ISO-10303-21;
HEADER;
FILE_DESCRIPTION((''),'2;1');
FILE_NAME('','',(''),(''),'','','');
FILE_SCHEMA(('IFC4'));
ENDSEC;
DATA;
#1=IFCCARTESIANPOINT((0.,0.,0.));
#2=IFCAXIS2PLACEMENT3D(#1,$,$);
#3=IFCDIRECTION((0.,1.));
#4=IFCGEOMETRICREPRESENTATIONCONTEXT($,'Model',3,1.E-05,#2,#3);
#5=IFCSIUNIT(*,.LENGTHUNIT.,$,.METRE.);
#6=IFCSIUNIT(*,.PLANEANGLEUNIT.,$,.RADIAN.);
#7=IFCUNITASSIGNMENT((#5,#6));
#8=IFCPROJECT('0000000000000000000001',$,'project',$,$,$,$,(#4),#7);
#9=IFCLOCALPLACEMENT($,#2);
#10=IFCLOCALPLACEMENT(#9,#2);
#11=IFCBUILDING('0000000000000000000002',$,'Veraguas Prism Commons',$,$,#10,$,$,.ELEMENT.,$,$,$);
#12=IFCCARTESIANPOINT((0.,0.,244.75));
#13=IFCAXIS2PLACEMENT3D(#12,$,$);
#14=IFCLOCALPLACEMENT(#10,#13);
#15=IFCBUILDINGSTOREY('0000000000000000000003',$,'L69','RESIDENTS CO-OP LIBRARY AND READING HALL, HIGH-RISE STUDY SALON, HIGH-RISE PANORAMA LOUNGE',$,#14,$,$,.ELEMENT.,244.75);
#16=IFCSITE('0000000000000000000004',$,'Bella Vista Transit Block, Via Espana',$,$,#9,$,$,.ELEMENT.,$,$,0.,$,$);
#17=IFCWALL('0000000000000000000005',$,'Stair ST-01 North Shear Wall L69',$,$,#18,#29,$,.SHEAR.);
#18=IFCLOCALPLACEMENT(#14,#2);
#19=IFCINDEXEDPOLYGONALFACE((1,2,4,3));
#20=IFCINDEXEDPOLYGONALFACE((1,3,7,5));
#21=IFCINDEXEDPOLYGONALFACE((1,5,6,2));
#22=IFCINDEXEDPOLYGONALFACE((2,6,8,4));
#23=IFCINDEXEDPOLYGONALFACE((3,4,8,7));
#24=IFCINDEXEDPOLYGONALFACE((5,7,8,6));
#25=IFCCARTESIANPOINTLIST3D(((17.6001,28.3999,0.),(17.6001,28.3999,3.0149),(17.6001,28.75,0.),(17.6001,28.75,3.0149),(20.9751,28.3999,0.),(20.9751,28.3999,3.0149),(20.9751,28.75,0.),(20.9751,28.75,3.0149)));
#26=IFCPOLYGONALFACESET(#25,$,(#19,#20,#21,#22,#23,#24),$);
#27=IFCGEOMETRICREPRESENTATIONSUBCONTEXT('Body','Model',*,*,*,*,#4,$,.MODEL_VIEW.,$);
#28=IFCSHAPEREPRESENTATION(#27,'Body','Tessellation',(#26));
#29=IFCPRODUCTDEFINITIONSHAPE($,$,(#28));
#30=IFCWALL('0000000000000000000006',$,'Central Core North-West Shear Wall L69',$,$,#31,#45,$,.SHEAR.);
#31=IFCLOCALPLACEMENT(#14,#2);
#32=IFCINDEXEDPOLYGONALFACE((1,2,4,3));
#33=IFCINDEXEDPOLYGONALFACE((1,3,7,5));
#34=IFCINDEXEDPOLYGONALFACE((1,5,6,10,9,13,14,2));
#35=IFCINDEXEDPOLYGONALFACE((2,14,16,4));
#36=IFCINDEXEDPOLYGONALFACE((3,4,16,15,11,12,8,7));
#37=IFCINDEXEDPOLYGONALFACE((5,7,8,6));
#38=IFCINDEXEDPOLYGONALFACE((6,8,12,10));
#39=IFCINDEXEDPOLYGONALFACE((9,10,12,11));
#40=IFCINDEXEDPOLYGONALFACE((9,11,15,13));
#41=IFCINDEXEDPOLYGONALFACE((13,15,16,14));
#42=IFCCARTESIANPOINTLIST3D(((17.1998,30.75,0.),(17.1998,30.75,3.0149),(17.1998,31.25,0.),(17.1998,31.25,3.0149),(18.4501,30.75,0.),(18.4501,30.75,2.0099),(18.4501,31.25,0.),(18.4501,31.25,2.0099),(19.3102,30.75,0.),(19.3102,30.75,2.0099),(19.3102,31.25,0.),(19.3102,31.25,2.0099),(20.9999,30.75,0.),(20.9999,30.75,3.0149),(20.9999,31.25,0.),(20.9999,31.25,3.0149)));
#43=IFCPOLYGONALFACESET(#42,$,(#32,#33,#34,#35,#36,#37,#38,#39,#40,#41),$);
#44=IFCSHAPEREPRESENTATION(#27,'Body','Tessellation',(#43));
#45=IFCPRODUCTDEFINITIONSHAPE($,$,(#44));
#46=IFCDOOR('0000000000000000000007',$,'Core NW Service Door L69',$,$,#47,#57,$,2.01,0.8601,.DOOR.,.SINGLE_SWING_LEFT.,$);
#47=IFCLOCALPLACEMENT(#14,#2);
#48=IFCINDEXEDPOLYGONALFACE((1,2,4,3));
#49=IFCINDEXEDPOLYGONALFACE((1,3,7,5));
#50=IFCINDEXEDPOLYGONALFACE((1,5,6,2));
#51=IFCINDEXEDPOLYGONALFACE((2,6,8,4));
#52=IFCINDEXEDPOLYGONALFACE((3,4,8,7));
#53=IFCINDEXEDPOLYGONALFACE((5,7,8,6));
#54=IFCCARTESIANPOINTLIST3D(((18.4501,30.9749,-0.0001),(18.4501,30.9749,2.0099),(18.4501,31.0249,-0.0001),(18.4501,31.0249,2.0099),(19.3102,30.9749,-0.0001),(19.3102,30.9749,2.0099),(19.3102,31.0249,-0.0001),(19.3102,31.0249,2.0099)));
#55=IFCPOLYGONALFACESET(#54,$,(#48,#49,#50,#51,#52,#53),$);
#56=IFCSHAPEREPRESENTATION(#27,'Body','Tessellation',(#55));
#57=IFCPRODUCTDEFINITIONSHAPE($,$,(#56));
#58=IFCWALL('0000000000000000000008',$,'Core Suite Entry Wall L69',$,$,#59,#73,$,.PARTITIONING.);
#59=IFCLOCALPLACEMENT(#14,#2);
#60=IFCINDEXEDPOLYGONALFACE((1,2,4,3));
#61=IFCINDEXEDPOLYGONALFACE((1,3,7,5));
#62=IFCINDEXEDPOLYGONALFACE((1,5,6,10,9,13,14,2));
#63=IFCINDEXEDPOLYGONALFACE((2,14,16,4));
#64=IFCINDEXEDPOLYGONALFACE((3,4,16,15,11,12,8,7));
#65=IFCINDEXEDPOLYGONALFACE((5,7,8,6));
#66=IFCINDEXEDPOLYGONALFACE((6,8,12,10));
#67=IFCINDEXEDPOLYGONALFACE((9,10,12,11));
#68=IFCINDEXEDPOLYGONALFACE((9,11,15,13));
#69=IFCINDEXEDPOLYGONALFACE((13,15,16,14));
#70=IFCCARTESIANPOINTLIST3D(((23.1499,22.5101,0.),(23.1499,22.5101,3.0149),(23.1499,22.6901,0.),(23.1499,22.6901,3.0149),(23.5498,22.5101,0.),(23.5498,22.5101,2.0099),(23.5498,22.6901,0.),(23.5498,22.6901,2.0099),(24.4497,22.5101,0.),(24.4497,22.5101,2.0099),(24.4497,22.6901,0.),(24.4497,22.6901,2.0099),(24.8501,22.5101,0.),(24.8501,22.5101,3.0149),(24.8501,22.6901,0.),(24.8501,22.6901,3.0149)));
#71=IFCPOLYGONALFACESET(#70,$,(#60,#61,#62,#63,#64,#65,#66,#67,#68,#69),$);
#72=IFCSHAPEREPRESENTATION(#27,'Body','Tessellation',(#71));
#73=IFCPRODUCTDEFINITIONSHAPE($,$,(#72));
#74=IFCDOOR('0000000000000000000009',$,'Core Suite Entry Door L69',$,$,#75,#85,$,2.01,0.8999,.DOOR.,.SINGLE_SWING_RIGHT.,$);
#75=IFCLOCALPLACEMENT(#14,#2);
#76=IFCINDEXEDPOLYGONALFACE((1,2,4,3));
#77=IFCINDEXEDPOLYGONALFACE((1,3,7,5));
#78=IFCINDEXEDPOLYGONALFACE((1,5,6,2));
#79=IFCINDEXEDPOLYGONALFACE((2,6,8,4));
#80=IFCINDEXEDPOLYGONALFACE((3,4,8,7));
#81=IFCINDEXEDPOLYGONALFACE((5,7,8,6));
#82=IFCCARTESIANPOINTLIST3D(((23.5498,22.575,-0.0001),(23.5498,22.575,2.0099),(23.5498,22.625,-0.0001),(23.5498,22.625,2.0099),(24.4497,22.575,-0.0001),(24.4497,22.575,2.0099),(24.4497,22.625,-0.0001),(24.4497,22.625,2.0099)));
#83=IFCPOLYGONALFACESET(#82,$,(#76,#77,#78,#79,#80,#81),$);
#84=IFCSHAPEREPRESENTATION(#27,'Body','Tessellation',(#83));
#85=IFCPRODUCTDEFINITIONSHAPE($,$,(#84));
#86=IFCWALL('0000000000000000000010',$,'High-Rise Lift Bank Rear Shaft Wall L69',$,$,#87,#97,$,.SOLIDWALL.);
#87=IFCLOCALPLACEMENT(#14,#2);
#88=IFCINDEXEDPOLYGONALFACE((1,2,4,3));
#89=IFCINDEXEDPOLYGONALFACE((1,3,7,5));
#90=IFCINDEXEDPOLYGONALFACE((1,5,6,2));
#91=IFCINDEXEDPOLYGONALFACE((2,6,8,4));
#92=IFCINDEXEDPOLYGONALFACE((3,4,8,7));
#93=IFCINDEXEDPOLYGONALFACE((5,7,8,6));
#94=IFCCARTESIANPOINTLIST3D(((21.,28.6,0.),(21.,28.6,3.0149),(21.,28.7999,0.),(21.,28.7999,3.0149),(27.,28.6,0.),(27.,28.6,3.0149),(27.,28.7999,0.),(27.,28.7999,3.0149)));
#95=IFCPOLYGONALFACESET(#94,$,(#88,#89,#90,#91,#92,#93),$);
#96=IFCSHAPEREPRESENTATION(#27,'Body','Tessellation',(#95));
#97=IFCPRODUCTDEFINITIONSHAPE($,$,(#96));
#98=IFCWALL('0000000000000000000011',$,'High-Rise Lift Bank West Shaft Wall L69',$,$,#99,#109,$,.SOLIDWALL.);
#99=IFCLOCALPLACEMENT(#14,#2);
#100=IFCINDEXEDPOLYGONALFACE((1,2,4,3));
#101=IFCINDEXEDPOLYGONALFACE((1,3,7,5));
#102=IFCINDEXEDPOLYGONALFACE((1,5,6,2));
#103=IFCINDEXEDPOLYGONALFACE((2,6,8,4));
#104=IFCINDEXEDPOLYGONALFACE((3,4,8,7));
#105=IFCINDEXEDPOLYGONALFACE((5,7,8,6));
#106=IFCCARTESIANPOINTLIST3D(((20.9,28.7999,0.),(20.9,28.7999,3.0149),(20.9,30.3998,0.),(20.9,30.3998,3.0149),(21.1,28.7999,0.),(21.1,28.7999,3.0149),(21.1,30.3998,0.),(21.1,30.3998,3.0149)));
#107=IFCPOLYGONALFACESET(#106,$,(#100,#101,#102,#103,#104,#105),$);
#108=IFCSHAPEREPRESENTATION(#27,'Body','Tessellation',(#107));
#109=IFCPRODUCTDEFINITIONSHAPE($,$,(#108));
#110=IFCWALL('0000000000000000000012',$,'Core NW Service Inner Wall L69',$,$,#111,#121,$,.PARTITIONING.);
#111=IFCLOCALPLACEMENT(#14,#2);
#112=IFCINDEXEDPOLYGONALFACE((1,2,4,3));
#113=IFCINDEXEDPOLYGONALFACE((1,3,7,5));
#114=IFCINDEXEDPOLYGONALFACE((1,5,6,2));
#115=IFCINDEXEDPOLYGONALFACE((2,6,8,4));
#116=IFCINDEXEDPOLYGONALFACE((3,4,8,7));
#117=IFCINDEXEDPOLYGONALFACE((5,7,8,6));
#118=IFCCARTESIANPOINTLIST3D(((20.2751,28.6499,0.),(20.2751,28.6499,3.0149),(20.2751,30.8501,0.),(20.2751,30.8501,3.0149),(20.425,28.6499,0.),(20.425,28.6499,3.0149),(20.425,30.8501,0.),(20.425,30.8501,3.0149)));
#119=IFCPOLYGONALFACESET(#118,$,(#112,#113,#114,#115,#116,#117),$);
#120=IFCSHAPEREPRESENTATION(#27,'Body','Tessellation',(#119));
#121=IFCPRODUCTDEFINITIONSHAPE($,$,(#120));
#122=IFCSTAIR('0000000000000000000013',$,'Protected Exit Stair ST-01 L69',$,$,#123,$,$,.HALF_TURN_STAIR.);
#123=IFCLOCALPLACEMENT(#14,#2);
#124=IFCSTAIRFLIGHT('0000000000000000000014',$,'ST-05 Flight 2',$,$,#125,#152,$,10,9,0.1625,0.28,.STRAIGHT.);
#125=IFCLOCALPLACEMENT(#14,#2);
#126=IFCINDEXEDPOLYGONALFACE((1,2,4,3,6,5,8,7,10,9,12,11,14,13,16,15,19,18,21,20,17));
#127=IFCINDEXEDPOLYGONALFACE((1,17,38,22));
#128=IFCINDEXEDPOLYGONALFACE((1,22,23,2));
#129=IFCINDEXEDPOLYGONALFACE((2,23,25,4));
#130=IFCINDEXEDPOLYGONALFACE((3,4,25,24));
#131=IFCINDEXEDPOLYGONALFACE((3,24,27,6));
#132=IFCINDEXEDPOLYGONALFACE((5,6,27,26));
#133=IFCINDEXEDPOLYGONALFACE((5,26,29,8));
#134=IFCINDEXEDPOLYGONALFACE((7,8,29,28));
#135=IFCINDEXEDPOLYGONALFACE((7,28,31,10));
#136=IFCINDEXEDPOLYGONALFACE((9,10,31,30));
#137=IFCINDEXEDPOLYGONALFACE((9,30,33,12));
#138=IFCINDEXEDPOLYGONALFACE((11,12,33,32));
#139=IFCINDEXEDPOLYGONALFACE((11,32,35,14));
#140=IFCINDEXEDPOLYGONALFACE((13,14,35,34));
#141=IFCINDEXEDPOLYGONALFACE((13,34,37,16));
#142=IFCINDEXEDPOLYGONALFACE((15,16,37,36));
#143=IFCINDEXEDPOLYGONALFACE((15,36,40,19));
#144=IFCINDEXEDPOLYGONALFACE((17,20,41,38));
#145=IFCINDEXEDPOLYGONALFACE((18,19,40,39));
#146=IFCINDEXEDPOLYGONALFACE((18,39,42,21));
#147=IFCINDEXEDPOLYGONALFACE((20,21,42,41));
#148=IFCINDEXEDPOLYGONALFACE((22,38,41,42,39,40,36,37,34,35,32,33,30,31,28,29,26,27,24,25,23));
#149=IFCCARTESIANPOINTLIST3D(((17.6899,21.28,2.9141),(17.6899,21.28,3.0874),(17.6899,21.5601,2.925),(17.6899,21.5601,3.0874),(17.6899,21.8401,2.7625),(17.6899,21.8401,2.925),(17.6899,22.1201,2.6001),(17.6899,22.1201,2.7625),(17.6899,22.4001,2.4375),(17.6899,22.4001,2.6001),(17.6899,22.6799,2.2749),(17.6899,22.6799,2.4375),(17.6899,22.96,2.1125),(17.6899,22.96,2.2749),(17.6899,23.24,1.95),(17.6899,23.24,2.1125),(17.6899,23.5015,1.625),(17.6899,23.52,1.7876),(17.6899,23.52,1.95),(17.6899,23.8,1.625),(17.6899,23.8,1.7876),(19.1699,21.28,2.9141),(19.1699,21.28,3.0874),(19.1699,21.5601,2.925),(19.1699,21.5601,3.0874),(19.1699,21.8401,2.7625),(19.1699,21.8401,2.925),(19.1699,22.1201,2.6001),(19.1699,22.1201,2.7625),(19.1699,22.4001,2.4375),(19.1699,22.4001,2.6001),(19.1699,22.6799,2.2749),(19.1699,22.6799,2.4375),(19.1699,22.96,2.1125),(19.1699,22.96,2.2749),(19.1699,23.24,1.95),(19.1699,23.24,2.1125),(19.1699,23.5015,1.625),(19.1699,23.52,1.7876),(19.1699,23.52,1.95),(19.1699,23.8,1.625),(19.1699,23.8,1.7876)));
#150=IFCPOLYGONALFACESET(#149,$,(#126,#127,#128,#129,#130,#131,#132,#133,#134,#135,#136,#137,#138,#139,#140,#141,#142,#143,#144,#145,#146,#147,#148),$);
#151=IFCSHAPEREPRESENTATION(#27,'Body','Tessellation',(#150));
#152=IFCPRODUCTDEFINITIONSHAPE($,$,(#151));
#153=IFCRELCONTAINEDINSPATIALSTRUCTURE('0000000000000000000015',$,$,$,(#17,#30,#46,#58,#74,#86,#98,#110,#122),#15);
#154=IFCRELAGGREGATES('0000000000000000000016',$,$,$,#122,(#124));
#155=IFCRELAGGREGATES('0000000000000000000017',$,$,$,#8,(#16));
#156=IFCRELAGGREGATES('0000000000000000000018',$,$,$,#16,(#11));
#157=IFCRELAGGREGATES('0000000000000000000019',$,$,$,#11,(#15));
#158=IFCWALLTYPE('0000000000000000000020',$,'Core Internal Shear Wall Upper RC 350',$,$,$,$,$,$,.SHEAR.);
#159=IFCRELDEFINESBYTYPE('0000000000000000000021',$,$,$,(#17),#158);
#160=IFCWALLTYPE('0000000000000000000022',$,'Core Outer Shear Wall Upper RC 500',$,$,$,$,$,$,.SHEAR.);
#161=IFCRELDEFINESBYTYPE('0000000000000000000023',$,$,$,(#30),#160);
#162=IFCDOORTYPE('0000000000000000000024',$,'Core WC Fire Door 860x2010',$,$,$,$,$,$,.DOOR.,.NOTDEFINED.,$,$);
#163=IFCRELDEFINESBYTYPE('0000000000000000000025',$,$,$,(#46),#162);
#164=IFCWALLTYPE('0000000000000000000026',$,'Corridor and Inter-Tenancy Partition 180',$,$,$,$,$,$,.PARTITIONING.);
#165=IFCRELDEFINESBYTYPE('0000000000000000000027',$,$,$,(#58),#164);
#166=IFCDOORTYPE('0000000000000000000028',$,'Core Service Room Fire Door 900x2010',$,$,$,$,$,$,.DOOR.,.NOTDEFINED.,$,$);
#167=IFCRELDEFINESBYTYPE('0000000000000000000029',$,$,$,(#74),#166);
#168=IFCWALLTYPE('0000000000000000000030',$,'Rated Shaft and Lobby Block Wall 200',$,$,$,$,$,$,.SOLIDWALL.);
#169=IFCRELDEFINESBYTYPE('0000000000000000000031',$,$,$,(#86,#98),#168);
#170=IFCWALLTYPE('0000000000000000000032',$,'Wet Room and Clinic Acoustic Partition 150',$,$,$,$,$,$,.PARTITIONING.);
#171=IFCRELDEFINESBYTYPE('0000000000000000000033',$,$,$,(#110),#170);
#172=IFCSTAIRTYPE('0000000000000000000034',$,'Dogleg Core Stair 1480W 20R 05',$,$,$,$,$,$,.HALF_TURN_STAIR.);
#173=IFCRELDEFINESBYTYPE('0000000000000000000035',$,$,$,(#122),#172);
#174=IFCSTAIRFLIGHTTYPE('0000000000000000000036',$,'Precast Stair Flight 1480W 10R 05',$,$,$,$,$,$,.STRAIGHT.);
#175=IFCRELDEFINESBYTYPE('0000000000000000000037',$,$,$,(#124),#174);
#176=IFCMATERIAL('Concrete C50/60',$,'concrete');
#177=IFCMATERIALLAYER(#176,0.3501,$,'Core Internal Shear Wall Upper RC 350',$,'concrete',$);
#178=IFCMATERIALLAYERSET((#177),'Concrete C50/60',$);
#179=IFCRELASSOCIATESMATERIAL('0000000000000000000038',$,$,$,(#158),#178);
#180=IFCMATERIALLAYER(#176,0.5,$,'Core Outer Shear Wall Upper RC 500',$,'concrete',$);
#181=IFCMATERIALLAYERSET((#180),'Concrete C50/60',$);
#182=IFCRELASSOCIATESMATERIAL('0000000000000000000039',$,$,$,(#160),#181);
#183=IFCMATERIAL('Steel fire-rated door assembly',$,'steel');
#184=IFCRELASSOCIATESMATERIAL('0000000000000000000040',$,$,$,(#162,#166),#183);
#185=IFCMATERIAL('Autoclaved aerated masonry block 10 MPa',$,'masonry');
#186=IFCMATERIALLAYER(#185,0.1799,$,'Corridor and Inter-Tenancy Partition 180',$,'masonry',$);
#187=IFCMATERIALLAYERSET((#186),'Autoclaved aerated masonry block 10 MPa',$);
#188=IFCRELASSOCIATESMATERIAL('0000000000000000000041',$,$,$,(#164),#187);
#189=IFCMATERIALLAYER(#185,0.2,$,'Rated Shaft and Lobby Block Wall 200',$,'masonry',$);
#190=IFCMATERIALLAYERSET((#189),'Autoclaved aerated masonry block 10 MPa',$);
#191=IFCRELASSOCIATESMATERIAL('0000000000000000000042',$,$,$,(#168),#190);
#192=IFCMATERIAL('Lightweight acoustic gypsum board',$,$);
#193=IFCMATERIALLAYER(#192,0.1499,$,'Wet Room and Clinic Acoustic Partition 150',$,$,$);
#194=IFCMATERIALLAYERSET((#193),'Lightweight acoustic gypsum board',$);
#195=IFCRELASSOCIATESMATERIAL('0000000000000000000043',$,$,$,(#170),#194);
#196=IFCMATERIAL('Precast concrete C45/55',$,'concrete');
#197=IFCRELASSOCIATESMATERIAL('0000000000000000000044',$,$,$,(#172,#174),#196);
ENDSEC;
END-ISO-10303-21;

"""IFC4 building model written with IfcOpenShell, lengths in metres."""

from ifc_helpers import new_model, si_unit, direction, frame, frame_2d, origin, place, context, subcontext, project, spatial, polyline, rectangle, outline, extrude, source, transform, mapped, material, layer, layer_set, type_object, element, fill, aggregate, save


model = new_model("IFC4")

# Units and contexts
model_context = context("Model", 3, precision=1e-05, world=origin(), true_north=direction((0.0, 1.0)))
body_context = subcontext(model_context, "Body", "Model", "MODEL_VIEW")
ifc_project = project(units=[si_unit("LENGTHUNIT", "METRE"), si_unit("PLANEANGLEUNIT", "RADIAN")], contexts=[model_context])

# Site, building, storey
site_placement = place(None, origin())
site = spatial("IfcSite", under=ifc_project, at=site_placement, Name="Bella Vista Transit Block, Via Espana", CompositionType="ELEMENT", RefElevation=0.0)
building_placement = place(site_placement, origin())
building = spatial("IfcBuilding", under=site, at=building_placement, Name="Veraguas Prism Commons", CompositionType="ELEMENT")
storey_placement = place(building_placement, frame((0.0, 0.0, 244.75)))
storey = spatial("IfcBuildingStorey", under=building, at=storey_placement, Name="L69", Description="RESIDENTS CO-OP LIBRARY AND READING HALL, HIGH-RISE STUDY SALON, HIGH-RISE PANORAMA LOUNGE", CompositionType="ELEMENT", Elevation=244.75)

# Shared definitions
ifc_material_1 = material(Name="Concrete C50/60", Category="concrete")

# Shared definitions
ifc_layer_1 = layer(ifc_material_1, 0.3501, Name="Core Internal Shear Wall Upper RC 350", Category="concrete")
ifc_layer_set_1 = layer_set([ifc_layer_1], Name="Concrete C50/60")
wall_type_1 = type_object("IfcWallType", Name="Core Internal Shear Wall Upper RC 350", PredefinedType="SHEAR", material=ifc_layer_set_1)

# Wall
wall_1_placement = place(storey_placement, frame((17.6001, 28.575, 0.0), z_axis=(0.0, 0.0, 1.0), x_axis=(1.0, 0.0, 0.0)))
element("IfcWall", 1, at=wall_1_placement, inside=storey, type_object=wall_type_1, Name="Stair ST-01 North Shear Wall L69", PredefinedType="SHEAR", context=body_context, shape_type="SweptSolid", body=[
    extrude(rectangle(XDim=3.375, YDim=0.3501, at=frame_2d((1.6875, 0.0))), origin(), (0.0, 0.0, 1.0), 3.0149),
])

# Walls, openings, doors
ifc_layer_2 = layer(ifc_material_1, 0.5, Name="Core Outer Shear Wall Upper RC 500", Category="concrete")
ifc_layer_set_2 = layer_set([ifc_layer_2], Name="Concrete C50/60")
wall_type_2 = type_object("IfcWallType", Name="Core Outer Shear Wall Upper RC 500", PredefinedType="SHEAR", material=ifc_layer_set_2)
wall_2_placement = place(storey_placement, frame((17.2, 31.0, 0.0), z_axis=(0.0, 0.0, 1.0), x_axis=(1.0, 0.0, 0.0)))
wall_2 = element("IfcWall", 2, at=wall_2_placement, inside=storey, type_object=wall_type_2, Name="Central Core North-West Shear Wall L69", PredefinedType="SHEAR", context=body_context, shape_type="SweptSolid", body=[
    extrude(rectangle(XDim=3.8, YDim=0.5, at=frame_2d((1.8999, 0.0))), origin(), (0.0, 0.0, 1.0), 3.0149),
])
opening_1_placement = place(wall_2_placement, frame((1.25, 0.0, 0.0)))
opening_1 = element("IfcOpeningElement", 3, at=opening_1_placement, cuts=wall_2, PredefinedType="OPENING", context=body_context, shape_type="SweptSolid", body=[
    extrude(rectangle(XDim=0.8601, YDim=2.01, at=frame_2d((0.4302, 1.0049))), frame((0.0, 0.26, 0.0), z_axis=(0.0, -1.0, 0.0), x_axis=(1.0, 0.0, 0.0)), (0.0, 0.0, 1.0), 0.52),
])
ifc_material_2 = material(Name="Steel fire-rated door assembly", Category="steel")
door_type_1 = type_object("IfcDoorType", Name="Core WC Fire Door 860x2010", OperationType="NOTDEFINED", PredefinedType="DOOR", material=ifc_material_2)
shared_shape_1 = source(origin(), body_context, "Body", "SweptSolid", [
    extrude(rectangle(XDim=0.8601, YDim=2.01, at=frame_2d((0.4302, 1.0049))), frame((0.0, 0.0249, 0.0), z_axis=(0.0, -1.0, 0.0), x_axis=(1.0, 0.0, 0.0)), (0.0, 0.0, 1.0), 0.05),
])
door_1_placement = place(opening_1_placement, origin())
door_1 = element("IfcDoor", 4, at=door_1_placement, inside=storey, type_object=door_type_1, Name="Core NW Service Door L69", OperationType="SINGLE_SWING_LEFT", OverallHeight=2.01, OverallWidth=0.8601, PredefinedType="DOOR", context=body_context, shape_type="MappedRepresentation", body=[
    mapped(shared_shape_1, transform((0.0, 0.0, 0.0), scale=1.0)),
])
fill(opening_1, door_1)
ifc_material_3 = material(Name="Autoclaved aerated masonry block 10 MPa", Category="masonry")
ifc_layer_3 = layer(ifc_material_3, 0.1799, Name="Corridor and Inter-Tenancy Partition 180", Category="masonry")
ifc_layer_set_3 = layer_set([ifc_layer_3], Name="Autoclaved aerated masonry block 10 MPa")
wall_type_3 = type_object("IfcWallType", Name="Corridor and Inter-Tenancy Partition 180", PredefinedType="PARTITIONING", material=ifc_layer_set_3)
wall_3_placement = place(storey_placement, frame((23.1499, 22.6001, 0.0), z_axis=(0.0, 0.0, 1.0), x_axis=(1.0, 0.0, 0.0)))
wall_3 = element("IfcWall", 5, at=wall_3_placement, inside=storey, type_object=wall_type_3, Name="Core Suite Entry Wall L69", PredefinedType="PARTITIONING", context=body_context, shape_type="SweptSolid", body=[
    extrude(rectangle(XDim=1.7002, YDim=0.1799, at=frame_2d((0.8501, 0.0))), origin(), (0.0, 0.0, 1.0), 3.0149),
])
opening_2_placement = place(wall_3_placement, frame((0.3999, 0.0, 0.0)))
opening_2 = element("IfcOpeningElement", 6, at=opening_2_placement, cuts=wall_3, PredefinedType="OPENING", context=body_context, shape_type="SweptSolid", body=[
    extrude(rectangle(XDim=0.8999, YDim=2.01, at=frame_2d((0.45, 1.0049))), frame((0.0, 0.0999, 0.0), z_axis=(0.0, -1.0, 0.0), x_axis=(1.0, 0.0, 0.0)), (0.0, 0.0, 1.0), 0.2),
])
door_type_2 = type_object("IfcDoorType", Name="Core Service Room Fire Door 900x2010", OperationType="NOTDEFINED", PredefinedType="DOOR", material=ifc_material_2)
shared_shape_2 = source(origin(), body_context, "Body", "SweptSolid", [
    extrude(rectangle(XDim=0.8999, YDim=2.01, at=frame_2d((0.45, 1.0049))), frame((0.0, 0.0249, 0.0), z_axis=(0.0, -1.0, 0.0), x_axis=(1.0, 0.0, 0.0)), (0.0, 0.0, 1.0), 0.05),
])
door_2_placement = place(opening_2_placement, origin())
door_2 = element("IfcDoor", 7, at=door_2_placement, inside=storey, type_object=door_type_2, Name="Core Suite Entry Door L69", OperationType="SINGLE_SWING_RIGHT", OverallHeight=2.01, OverallWidth=0.8999, PredefinedType="DOOR", context=body_context, shape_type="MappedRepresentation", body=[
    mapped(shared_shape_2, transform((0.0, 0.0, 0.0), scale=1.0)),
])
fill(opening_2, door_2)

# Walls
ifc_layer_4 = layer(ifc_material_3, 0.2, Name="Rated Shaft and Lobby Block Wall 200", Category="masonry")
ifc_layer_set_4 = layer_set([ifc_layer_4], Name="Autoclaved aerated masonry block 10 MPa")
wall_type_4 = type_object("IfcWallType", Name="Rated Shaft and Lobby Block Wall 200", PredefinedType="SOLIDWALL", material=ifc_layer_set_4)
wall_4_placement = place(storey_placement, frame((21.0, 28.7, 0.0), z_axis=(0.0, 0.0, 1.0), x_axis=(1.0, 0.0, 0.0)))
element("IfcWall", 8, at=wall_4_placement, inside=storey, type_object=wall_type_4, Name="High-Rise Lift Bank Rear Shaft Wall L69", PredefinedType="SOLIDWALL", context=body_context, shape_type="SweptSolid", body=[
    extrude(rectangle(XDim=6.0, YDim=0.2, at=frame_2d((3.0, 0.0))), origin(), (0.0, 0.0, 1.0), 3.0149),
])
wall_5_placement = place(storey_placement, frame((21.0, 28.8, 0.0), z_axis=(0.0, 0.0, 1.0), x_axis=(0.0, 1.0, 0.0)))
element("IfcWall", 9, at=wall_5_placement, inside=storey, type_object=wall_type_4, Name="High-Rise Lift Bank West Shaft Wall L69", PredefinedType="SOLIDWALL", context=body_context, shape_type="SweptSolid", body=[
    extrude(rectangle(XDim=1.5999, YDim=0.2, at=frame_2d((0.7998, 0.0))), origin(), (0.0, 0.0, 1.0), 3.0149),
])
ifc_material_4 = material(Name="Lightweight acoustic gypsum board")
ifc_layer_5 = layer(ifc_material_4, 0.1499, Name="Wet Room and Clinic Acoustic Partition 150")
ifc_layer_set_5 = layer_set([ifc_layer_5], Name="Lightweight acoustic gypsum board")
wall_type_5 = type_object("IfcWallType", Name="Wet Room and Clinic Acoustic Partition 150", PredefinedType="PARTITIONING", material=ifc_layer_set_5)
wall_6_placement = place(storey_placement, frame((20.3501, 28.6499, 0.0), z_axis=(0.0, 0.0, 1.0), x_axis=(0.0, 1.0, 0.0)))
element("IfcWall", 10, at=wall_6_placement, inside=storey, type_object=wall_type_5, Name="Core NW Service Inner Wall L69", PredefinedType="PARTITIONING", context=body_context, shape_type="SweptSolid", body=[
    extrude(rectangle(XDim=2.2002, YDim=0.1499, at=frame_2d((1.1001, 0.0))), origin(), (0.0, 0.0, 1.0), 3.0149),
])

# Stair, stair flight
ifc_material_5 = material(Name="Precast concrete C45/55", Category="concrete")
stair_type = type_object("IfcStairType", Name="Dogleg Core Stair 1480W 20R 05", PredefinedType="HALF_TURN_STAIR", material=ifc_material_5)
stair_placement = place(storey_placement, origin())
stair = element("IfcStair", 11, at=stair_placement, inside=storey, type_object=stair_type, Name="Protected Exit Stair ST-01 L69", PredefinedType="HALF_TURN_STAIR")
stair_flight_type = type_object("IfcStairFlightType", Name="Precast Stair Flight 1480W 10R 05", PredefinedType="STRAIGHT", material=ifc_material_5)
stair_flight_placement = place(storey_placement, frame((18.4299, 23.8, 1.625), z_axis=(0.0, 0.0, 1.0), x_axis=(0.0, -1.0, 0.0)))
stair_flight = element("IfcStairFlight", 12, at=stair_flight_placement, type_object=stair_flight_type, Name="ST-05 Flight 2", NumberOfRisers=10, NumberOfTreads=9, PredefinedType="STRAIGHT", RiserHeight=0.1625, TreadLength=0.28, context=body_context, shape_type="SweptSolid", body=[
    extrude(outline(polyline([(0.0, 0.0), (0.0, 0.1626), (0.28, 0.1626), (0.28, 0.325), (0.5601, 0.325), (0.5601, 0.4875), (0.8401, 0.4875), (0.8401, 0.6499), (1.1201, 0.6499), (1.1201, 0.8125), (1.3999, 0.8125), (1.3999, 0.9751), (1.6799, 0.9751), (1.6799, 1.1375), (1.96, 1.1375), (1.96, 1.3), (2.24, 1.3), (2.24, 1.4624), (2.52, 1.4624), (2.52, 1.625), (2.52, 1.2891), (0.2986, 0.0), (0.0, 0.0)])), frame((0.0, 0.74, 0.0), z_axis=(0.0, -1.0, 0.0), x_axis=(1.0, 0.0, 0.0)), (0.0, 0.0, 1.0), 1.48),
])
aggregate(stair, [stair_flight])

save(model, "model.ifc")
